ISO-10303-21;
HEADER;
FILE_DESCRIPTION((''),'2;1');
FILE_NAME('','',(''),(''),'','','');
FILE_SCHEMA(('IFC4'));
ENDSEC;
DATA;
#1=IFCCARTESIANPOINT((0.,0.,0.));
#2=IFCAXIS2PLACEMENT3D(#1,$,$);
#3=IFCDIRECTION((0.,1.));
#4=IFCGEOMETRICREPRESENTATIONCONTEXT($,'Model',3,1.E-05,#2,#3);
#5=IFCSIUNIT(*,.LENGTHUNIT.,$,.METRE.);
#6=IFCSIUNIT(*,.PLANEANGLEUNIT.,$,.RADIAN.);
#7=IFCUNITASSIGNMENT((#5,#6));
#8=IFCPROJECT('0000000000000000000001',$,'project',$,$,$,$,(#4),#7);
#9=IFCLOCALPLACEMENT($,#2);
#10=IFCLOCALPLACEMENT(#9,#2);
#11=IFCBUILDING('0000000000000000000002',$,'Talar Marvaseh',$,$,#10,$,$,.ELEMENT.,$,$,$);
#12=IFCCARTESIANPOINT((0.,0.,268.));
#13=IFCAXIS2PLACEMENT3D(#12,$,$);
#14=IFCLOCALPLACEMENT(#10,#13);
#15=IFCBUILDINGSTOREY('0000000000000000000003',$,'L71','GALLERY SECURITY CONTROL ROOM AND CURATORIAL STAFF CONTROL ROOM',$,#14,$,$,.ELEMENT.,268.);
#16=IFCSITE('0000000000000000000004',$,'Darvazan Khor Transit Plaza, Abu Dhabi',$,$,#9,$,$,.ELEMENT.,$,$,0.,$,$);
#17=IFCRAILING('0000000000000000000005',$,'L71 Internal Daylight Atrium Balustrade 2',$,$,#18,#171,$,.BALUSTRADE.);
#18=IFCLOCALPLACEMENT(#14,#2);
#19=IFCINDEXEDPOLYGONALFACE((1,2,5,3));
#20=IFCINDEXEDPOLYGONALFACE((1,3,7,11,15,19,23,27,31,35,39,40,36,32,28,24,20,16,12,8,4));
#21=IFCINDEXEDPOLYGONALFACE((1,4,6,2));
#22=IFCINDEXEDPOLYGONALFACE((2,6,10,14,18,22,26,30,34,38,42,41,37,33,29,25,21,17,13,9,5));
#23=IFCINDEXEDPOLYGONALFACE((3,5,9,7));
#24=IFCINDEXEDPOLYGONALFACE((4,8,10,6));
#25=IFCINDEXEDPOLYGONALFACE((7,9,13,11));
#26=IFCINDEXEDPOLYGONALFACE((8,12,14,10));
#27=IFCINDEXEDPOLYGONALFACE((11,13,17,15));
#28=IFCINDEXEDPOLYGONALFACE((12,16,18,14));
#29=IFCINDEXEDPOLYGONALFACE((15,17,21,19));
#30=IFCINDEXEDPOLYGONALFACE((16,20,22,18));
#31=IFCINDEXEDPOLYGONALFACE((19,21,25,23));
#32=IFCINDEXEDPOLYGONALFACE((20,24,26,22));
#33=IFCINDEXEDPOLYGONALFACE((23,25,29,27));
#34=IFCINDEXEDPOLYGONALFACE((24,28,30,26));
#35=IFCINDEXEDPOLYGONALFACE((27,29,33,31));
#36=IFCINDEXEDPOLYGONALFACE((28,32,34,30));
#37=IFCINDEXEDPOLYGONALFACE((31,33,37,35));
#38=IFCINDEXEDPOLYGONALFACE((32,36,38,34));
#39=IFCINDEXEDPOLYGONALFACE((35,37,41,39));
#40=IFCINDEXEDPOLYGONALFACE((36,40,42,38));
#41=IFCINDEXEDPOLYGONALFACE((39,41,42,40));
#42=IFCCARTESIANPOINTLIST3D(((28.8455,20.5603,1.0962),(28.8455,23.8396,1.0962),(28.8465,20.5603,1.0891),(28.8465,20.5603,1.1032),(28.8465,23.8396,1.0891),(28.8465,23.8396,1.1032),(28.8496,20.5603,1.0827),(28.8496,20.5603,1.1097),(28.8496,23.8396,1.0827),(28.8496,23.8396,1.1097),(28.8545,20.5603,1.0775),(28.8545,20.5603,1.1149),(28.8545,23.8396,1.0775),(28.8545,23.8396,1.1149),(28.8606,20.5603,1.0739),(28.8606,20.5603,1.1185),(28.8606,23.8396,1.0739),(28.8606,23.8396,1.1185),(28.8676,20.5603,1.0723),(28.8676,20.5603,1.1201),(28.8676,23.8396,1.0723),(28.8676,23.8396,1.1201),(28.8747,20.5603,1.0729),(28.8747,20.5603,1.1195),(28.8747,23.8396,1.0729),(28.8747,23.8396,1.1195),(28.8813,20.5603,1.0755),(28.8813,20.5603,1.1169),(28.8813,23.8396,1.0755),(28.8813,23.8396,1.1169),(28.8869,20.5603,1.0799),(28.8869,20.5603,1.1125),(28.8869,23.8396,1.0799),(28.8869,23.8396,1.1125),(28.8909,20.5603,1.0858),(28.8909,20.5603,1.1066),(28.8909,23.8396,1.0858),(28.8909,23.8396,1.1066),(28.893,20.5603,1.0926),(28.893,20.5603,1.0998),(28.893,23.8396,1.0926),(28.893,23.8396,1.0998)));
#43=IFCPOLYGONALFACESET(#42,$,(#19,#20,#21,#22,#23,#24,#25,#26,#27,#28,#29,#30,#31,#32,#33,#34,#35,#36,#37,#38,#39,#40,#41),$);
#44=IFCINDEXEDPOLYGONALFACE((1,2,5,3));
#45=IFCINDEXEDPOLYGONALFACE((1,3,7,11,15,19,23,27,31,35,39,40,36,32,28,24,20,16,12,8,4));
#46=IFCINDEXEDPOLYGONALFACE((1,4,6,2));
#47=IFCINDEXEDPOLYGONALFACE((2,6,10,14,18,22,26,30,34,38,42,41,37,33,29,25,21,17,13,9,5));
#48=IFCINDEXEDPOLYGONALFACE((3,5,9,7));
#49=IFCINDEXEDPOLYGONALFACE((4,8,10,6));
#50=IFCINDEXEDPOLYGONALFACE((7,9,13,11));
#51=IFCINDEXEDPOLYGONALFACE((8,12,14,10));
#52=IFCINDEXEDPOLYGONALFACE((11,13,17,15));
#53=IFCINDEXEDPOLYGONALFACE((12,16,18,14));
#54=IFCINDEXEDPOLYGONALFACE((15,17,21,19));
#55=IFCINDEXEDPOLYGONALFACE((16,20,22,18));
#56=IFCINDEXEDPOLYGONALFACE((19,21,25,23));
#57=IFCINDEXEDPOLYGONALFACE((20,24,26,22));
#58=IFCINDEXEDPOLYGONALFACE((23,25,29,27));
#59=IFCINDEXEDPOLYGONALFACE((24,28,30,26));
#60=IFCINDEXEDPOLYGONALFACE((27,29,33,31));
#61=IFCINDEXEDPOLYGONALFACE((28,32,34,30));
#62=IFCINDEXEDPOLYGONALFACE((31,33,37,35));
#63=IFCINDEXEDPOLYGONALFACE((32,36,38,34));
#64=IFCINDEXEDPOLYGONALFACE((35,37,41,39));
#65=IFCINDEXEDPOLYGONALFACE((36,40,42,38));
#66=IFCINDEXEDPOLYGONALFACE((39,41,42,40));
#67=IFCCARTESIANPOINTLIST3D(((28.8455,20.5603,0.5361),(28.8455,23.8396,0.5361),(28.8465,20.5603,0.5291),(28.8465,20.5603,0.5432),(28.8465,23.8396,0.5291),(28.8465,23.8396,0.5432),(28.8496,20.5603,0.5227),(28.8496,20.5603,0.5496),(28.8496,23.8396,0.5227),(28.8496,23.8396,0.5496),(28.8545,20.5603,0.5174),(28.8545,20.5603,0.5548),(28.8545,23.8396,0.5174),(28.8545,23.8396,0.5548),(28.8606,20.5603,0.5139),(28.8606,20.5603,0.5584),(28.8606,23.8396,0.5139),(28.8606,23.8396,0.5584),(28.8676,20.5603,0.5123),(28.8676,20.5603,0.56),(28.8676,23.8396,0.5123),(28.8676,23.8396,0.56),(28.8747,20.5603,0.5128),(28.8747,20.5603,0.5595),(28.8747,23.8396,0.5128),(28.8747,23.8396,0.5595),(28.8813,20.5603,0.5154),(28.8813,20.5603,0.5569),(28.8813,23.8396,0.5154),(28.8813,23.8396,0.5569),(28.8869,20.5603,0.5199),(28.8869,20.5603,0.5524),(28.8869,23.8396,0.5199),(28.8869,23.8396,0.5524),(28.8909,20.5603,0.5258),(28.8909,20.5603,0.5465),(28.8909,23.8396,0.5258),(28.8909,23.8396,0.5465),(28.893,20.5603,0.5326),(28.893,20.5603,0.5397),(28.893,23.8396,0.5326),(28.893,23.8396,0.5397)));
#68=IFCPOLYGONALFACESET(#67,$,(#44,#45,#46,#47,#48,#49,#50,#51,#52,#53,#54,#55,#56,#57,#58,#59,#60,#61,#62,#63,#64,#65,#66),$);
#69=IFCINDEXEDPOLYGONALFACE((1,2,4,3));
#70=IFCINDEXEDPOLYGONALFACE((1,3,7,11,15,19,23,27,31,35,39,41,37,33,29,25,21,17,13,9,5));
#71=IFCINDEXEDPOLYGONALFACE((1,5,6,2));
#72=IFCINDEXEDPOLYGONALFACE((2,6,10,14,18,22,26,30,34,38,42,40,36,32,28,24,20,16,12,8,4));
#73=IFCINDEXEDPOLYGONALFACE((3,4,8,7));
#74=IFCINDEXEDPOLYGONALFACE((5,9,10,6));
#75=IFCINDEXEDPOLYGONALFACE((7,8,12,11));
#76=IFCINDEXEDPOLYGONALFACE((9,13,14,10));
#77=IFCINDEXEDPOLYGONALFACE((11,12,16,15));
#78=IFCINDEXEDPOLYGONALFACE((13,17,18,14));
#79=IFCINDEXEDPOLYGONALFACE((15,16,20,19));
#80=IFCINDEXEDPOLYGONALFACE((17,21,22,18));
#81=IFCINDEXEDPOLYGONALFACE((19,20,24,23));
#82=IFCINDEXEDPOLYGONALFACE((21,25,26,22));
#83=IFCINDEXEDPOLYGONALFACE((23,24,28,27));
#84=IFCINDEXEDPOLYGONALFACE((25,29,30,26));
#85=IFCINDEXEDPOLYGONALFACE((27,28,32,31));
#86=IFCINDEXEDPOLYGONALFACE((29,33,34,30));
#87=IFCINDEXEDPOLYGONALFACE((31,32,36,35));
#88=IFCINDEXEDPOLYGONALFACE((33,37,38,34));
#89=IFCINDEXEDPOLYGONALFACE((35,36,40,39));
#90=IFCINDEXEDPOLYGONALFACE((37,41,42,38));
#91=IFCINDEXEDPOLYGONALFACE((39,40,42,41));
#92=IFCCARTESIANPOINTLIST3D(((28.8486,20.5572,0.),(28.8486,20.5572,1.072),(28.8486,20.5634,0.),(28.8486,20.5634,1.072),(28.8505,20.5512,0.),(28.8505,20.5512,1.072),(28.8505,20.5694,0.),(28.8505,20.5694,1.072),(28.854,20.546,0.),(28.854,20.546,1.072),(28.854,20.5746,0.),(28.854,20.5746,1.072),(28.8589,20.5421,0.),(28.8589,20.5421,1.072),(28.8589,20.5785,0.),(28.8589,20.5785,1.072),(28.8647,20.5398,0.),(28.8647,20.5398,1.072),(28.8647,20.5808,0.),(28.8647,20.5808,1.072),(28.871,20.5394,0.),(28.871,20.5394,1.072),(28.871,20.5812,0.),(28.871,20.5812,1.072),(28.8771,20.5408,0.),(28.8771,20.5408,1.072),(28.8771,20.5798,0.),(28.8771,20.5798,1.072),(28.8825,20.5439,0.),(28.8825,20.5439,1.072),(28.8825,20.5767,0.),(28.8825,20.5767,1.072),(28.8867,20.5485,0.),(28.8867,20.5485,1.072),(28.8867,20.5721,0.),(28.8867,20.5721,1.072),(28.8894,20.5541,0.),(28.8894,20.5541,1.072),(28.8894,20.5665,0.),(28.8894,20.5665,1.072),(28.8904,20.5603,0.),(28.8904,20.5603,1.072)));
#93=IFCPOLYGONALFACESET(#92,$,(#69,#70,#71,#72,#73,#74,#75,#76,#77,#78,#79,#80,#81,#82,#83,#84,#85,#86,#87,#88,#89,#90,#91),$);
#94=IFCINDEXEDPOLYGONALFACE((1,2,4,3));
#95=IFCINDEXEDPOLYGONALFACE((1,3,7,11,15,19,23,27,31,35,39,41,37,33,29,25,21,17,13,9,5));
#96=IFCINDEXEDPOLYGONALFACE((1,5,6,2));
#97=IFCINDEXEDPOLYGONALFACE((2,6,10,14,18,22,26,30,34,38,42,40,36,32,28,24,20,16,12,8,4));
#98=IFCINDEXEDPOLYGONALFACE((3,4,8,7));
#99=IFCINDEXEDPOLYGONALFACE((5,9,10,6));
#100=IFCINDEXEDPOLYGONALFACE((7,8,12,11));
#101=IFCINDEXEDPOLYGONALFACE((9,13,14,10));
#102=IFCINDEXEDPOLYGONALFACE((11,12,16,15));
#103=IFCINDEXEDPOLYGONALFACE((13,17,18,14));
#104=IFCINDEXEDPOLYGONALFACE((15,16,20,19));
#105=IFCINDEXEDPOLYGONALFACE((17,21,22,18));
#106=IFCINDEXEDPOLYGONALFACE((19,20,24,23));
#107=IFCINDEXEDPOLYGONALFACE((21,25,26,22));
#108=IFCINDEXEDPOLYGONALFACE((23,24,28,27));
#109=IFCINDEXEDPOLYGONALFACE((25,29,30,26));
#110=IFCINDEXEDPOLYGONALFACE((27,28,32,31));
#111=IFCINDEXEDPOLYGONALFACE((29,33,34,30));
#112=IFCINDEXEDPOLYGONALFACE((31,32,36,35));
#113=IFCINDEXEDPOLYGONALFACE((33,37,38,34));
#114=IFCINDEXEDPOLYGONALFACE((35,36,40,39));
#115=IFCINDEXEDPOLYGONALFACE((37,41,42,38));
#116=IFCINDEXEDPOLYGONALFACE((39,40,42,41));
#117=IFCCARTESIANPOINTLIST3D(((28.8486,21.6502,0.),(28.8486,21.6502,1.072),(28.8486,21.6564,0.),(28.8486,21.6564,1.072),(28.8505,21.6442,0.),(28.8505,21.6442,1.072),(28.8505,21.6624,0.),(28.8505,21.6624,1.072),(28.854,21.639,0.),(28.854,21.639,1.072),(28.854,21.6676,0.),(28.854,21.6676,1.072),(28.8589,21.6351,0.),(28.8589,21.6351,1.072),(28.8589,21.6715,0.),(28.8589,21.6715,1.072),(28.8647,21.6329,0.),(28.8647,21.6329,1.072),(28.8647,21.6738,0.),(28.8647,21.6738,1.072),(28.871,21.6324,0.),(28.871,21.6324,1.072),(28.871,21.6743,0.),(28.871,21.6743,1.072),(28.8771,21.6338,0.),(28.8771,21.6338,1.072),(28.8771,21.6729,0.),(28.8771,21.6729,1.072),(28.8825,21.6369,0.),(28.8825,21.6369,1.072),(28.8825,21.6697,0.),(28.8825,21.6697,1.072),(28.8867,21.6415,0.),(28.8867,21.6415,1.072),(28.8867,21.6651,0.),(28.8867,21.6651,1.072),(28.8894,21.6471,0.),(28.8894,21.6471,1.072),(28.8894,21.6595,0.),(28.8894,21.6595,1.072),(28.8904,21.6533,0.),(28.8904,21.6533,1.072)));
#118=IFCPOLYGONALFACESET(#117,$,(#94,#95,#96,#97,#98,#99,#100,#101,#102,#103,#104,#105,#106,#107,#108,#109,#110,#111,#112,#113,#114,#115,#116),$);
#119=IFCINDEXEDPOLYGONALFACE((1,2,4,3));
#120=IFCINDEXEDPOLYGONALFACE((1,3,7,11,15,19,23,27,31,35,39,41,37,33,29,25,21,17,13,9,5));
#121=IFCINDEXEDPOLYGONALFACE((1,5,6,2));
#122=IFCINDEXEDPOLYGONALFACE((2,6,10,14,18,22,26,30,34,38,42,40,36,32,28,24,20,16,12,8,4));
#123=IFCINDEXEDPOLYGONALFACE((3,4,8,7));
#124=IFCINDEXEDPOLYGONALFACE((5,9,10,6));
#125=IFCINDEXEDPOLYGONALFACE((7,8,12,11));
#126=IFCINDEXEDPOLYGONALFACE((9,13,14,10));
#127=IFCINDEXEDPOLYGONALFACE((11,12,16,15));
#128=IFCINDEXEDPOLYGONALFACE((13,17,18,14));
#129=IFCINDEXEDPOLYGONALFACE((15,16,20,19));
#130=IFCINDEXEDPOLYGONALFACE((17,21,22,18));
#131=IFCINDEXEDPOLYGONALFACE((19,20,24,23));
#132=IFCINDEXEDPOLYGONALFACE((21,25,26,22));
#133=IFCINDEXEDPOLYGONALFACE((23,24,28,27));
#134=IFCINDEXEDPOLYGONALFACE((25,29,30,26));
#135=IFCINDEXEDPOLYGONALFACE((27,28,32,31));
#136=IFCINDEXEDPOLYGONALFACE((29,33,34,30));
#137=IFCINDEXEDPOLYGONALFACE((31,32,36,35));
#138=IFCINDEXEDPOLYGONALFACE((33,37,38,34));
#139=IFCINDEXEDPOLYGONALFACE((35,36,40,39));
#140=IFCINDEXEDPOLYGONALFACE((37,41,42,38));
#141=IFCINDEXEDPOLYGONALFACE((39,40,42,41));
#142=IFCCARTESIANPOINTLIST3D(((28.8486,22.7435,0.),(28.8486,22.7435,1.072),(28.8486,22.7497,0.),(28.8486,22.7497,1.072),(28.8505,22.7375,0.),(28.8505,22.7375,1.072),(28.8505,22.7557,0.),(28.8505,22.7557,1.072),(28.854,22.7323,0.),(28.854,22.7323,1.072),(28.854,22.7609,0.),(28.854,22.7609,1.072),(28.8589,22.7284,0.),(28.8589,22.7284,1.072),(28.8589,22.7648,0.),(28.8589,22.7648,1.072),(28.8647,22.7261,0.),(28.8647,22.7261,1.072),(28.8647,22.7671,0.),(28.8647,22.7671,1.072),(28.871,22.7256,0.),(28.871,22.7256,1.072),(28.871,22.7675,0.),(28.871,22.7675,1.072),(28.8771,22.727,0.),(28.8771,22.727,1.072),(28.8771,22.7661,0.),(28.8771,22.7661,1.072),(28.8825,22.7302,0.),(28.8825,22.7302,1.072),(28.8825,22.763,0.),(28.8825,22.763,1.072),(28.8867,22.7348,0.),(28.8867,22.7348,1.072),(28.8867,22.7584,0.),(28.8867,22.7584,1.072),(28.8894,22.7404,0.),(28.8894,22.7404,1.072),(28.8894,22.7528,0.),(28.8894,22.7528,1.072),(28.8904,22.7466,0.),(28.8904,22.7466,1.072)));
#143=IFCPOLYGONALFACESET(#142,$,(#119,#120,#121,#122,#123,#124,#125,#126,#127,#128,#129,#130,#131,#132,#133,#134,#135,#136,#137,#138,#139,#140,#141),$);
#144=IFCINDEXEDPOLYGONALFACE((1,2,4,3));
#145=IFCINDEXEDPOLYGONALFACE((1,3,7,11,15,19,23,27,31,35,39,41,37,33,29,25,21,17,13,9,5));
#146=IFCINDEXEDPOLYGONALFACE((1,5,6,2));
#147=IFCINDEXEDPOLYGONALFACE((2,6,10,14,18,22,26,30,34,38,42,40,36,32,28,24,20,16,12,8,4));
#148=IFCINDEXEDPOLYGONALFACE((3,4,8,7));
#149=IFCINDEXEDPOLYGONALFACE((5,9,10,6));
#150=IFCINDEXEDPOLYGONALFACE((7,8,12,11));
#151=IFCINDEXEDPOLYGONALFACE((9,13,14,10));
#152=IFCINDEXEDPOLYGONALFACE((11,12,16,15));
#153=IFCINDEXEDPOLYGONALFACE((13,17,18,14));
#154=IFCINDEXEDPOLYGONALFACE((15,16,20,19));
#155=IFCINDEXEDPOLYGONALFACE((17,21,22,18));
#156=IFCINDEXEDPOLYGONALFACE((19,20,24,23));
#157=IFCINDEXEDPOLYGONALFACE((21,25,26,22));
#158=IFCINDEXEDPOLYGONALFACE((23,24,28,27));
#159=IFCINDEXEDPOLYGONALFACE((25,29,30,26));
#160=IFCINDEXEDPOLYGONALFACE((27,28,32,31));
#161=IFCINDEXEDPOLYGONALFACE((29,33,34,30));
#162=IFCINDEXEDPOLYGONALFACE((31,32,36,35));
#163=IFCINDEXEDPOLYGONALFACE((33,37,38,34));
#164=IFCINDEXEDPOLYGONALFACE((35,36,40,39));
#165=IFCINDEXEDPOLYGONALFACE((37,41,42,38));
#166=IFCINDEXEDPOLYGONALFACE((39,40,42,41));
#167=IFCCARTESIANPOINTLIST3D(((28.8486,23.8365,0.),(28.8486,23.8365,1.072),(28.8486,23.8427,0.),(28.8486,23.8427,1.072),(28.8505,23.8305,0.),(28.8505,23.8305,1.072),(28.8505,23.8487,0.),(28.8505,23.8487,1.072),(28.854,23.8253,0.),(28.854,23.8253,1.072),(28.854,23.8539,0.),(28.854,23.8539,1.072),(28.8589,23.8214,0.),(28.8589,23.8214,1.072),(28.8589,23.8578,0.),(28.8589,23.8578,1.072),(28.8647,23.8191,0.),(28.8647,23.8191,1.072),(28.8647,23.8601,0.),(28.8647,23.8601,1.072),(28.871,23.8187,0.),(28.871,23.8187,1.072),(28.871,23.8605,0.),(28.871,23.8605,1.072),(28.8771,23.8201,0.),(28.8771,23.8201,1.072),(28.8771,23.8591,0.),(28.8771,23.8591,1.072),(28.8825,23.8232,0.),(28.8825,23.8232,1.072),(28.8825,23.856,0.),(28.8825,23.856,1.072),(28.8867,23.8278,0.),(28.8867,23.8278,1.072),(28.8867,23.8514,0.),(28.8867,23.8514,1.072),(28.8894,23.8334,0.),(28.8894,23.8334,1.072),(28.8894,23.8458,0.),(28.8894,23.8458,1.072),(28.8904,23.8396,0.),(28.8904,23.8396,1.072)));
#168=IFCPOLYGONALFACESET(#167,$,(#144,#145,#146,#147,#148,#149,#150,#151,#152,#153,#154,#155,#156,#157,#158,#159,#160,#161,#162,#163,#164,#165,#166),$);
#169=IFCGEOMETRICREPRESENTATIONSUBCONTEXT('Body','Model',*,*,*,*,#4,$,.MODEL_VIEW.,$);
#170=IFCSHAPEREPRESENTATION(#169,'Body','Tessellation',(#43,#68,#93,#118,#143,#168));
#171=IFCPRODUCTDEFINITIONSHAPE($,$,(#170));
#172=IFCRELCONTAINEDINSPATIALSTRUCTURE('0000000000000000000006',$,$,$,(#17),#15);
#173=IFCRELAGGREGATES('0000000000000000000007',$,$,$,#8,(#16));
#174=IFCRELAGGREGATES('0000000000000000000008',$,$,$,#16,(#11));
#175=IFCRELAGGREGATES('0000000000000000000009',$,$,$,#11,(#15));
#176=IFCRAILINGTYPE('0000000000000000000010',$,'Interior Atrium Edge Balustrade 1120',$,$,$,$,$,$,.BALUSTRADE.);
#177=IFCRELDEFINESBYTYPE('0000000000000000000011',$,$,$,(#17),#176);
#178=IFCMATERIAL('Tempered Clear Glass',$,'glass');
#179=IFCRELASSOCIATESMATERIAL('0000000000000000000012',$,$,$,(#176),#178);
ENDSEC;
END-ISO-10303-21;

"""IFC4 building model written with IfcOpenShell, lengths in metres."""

from ifc_helpers import new_model, si_unit, direction, frame, origin, origin_2d, place, context, subcontext, project, spatial, circle, extrude, material, type_object, element, save


model = new_model("IFC4")

# Units and contexts
model_context = context("Model", 3, precision=1e-05, world=origin(), true_north=direction((0.0, 1.0)))
body_context = subcontext(model_context, "Body", "Model", "MODEL_VIEW")
ifc_project = project(units=[si_unit("LENGTHUNIT", "METRE"), si_unit("PLANEANGLEUNIT", "RADIAN")], contexts=[model_context])

# Site, building, storey
site_placement = place(None, origin())
site = spatial("IfcSite", under=ifc_project, at=site_placement, Name="Darvazan Khor Transit Plaza, Abu Dhabi", CompositionType="ELEMENT", RefElevation=0.0)
building_placement = place(site_placement, origin())
building = spatial("IfcBuilding", under=site, at=building_placement, Name="Talar Marvaseh", CompositionType="ELEMENT")
storey_placement = place(building_placement, frame((0.0, 0.0, 268.0)))
storey = spatial("IfcBuildingStorey", under=building, at=storey_placement, Name="L71", Description="GALLERY SECURITY CONTROL ROOM AND CURATORIAL STAFF CONTROL ROOM", CompositionType="ELEMENT", Elevation=268.0)

# Railing
ifc_material_1 = material(Name="Tempered Clear Glass", Category="glass")
railing_type = type_object("IfcRailingType", Name="Interior Atrium Edge Balustrade 1120", PredefinedType="BALUSTRADE", material=ifc_material_1)
railing_1_placement = place(storey_placement, frame((28.8694, 20.5603, 0.0)))
element("IfcRailing", 1, at=railing_1_placement, inside=storey, type_object=railing_type, Name="L71 Internal Daylight Atrium Balustrade 2", PredefinedType="BALUSTRADE", context=body_context, shape_type="SweptSolid", body=[
    extrude(circle(Radius=0.0239, at=origin_2d()), frame((0.0, 0.0, 1.0962), z_axis=(0.0, 1.0, 0.0), x_axis=(-1.0, 0.0, 0.0)), (0.0, 0.0, 1.0), 3.2793),
    extrude(circle(Radius=0.0239, at=origin_2d()), frame((0.0, 0.0, 0.5361), z_axis=(0.0, 1.0, 0.0), x_axis=(-1.0, 0.0, 0.0)), (0.0, 0.0, 1.0), 3.2793),
    extrude(circle(Radius=0.021, at=origin_2d()), origin(), (0.0, 0.0, 1.0), 1.072),
    extrude(circle(Radius=0.021, at=origin_2d()), frame((0.0, 1.093, 0.0)), (0.0, 0.0, 1.0), 1.072),
    extrude(circle(Radius=0.021, at=origin_2d()), frame((0.0, 2.1863, 0.0)), (0.0, 0.0, 1.0), 1.072),
    extrude(circle(Radius=0.021, at=origin_2d()), frame((0.0, 3.2793, 0.0)), (0.0, 0.0, 1.0), 1.072),
])

save(model, "model.ifc")
